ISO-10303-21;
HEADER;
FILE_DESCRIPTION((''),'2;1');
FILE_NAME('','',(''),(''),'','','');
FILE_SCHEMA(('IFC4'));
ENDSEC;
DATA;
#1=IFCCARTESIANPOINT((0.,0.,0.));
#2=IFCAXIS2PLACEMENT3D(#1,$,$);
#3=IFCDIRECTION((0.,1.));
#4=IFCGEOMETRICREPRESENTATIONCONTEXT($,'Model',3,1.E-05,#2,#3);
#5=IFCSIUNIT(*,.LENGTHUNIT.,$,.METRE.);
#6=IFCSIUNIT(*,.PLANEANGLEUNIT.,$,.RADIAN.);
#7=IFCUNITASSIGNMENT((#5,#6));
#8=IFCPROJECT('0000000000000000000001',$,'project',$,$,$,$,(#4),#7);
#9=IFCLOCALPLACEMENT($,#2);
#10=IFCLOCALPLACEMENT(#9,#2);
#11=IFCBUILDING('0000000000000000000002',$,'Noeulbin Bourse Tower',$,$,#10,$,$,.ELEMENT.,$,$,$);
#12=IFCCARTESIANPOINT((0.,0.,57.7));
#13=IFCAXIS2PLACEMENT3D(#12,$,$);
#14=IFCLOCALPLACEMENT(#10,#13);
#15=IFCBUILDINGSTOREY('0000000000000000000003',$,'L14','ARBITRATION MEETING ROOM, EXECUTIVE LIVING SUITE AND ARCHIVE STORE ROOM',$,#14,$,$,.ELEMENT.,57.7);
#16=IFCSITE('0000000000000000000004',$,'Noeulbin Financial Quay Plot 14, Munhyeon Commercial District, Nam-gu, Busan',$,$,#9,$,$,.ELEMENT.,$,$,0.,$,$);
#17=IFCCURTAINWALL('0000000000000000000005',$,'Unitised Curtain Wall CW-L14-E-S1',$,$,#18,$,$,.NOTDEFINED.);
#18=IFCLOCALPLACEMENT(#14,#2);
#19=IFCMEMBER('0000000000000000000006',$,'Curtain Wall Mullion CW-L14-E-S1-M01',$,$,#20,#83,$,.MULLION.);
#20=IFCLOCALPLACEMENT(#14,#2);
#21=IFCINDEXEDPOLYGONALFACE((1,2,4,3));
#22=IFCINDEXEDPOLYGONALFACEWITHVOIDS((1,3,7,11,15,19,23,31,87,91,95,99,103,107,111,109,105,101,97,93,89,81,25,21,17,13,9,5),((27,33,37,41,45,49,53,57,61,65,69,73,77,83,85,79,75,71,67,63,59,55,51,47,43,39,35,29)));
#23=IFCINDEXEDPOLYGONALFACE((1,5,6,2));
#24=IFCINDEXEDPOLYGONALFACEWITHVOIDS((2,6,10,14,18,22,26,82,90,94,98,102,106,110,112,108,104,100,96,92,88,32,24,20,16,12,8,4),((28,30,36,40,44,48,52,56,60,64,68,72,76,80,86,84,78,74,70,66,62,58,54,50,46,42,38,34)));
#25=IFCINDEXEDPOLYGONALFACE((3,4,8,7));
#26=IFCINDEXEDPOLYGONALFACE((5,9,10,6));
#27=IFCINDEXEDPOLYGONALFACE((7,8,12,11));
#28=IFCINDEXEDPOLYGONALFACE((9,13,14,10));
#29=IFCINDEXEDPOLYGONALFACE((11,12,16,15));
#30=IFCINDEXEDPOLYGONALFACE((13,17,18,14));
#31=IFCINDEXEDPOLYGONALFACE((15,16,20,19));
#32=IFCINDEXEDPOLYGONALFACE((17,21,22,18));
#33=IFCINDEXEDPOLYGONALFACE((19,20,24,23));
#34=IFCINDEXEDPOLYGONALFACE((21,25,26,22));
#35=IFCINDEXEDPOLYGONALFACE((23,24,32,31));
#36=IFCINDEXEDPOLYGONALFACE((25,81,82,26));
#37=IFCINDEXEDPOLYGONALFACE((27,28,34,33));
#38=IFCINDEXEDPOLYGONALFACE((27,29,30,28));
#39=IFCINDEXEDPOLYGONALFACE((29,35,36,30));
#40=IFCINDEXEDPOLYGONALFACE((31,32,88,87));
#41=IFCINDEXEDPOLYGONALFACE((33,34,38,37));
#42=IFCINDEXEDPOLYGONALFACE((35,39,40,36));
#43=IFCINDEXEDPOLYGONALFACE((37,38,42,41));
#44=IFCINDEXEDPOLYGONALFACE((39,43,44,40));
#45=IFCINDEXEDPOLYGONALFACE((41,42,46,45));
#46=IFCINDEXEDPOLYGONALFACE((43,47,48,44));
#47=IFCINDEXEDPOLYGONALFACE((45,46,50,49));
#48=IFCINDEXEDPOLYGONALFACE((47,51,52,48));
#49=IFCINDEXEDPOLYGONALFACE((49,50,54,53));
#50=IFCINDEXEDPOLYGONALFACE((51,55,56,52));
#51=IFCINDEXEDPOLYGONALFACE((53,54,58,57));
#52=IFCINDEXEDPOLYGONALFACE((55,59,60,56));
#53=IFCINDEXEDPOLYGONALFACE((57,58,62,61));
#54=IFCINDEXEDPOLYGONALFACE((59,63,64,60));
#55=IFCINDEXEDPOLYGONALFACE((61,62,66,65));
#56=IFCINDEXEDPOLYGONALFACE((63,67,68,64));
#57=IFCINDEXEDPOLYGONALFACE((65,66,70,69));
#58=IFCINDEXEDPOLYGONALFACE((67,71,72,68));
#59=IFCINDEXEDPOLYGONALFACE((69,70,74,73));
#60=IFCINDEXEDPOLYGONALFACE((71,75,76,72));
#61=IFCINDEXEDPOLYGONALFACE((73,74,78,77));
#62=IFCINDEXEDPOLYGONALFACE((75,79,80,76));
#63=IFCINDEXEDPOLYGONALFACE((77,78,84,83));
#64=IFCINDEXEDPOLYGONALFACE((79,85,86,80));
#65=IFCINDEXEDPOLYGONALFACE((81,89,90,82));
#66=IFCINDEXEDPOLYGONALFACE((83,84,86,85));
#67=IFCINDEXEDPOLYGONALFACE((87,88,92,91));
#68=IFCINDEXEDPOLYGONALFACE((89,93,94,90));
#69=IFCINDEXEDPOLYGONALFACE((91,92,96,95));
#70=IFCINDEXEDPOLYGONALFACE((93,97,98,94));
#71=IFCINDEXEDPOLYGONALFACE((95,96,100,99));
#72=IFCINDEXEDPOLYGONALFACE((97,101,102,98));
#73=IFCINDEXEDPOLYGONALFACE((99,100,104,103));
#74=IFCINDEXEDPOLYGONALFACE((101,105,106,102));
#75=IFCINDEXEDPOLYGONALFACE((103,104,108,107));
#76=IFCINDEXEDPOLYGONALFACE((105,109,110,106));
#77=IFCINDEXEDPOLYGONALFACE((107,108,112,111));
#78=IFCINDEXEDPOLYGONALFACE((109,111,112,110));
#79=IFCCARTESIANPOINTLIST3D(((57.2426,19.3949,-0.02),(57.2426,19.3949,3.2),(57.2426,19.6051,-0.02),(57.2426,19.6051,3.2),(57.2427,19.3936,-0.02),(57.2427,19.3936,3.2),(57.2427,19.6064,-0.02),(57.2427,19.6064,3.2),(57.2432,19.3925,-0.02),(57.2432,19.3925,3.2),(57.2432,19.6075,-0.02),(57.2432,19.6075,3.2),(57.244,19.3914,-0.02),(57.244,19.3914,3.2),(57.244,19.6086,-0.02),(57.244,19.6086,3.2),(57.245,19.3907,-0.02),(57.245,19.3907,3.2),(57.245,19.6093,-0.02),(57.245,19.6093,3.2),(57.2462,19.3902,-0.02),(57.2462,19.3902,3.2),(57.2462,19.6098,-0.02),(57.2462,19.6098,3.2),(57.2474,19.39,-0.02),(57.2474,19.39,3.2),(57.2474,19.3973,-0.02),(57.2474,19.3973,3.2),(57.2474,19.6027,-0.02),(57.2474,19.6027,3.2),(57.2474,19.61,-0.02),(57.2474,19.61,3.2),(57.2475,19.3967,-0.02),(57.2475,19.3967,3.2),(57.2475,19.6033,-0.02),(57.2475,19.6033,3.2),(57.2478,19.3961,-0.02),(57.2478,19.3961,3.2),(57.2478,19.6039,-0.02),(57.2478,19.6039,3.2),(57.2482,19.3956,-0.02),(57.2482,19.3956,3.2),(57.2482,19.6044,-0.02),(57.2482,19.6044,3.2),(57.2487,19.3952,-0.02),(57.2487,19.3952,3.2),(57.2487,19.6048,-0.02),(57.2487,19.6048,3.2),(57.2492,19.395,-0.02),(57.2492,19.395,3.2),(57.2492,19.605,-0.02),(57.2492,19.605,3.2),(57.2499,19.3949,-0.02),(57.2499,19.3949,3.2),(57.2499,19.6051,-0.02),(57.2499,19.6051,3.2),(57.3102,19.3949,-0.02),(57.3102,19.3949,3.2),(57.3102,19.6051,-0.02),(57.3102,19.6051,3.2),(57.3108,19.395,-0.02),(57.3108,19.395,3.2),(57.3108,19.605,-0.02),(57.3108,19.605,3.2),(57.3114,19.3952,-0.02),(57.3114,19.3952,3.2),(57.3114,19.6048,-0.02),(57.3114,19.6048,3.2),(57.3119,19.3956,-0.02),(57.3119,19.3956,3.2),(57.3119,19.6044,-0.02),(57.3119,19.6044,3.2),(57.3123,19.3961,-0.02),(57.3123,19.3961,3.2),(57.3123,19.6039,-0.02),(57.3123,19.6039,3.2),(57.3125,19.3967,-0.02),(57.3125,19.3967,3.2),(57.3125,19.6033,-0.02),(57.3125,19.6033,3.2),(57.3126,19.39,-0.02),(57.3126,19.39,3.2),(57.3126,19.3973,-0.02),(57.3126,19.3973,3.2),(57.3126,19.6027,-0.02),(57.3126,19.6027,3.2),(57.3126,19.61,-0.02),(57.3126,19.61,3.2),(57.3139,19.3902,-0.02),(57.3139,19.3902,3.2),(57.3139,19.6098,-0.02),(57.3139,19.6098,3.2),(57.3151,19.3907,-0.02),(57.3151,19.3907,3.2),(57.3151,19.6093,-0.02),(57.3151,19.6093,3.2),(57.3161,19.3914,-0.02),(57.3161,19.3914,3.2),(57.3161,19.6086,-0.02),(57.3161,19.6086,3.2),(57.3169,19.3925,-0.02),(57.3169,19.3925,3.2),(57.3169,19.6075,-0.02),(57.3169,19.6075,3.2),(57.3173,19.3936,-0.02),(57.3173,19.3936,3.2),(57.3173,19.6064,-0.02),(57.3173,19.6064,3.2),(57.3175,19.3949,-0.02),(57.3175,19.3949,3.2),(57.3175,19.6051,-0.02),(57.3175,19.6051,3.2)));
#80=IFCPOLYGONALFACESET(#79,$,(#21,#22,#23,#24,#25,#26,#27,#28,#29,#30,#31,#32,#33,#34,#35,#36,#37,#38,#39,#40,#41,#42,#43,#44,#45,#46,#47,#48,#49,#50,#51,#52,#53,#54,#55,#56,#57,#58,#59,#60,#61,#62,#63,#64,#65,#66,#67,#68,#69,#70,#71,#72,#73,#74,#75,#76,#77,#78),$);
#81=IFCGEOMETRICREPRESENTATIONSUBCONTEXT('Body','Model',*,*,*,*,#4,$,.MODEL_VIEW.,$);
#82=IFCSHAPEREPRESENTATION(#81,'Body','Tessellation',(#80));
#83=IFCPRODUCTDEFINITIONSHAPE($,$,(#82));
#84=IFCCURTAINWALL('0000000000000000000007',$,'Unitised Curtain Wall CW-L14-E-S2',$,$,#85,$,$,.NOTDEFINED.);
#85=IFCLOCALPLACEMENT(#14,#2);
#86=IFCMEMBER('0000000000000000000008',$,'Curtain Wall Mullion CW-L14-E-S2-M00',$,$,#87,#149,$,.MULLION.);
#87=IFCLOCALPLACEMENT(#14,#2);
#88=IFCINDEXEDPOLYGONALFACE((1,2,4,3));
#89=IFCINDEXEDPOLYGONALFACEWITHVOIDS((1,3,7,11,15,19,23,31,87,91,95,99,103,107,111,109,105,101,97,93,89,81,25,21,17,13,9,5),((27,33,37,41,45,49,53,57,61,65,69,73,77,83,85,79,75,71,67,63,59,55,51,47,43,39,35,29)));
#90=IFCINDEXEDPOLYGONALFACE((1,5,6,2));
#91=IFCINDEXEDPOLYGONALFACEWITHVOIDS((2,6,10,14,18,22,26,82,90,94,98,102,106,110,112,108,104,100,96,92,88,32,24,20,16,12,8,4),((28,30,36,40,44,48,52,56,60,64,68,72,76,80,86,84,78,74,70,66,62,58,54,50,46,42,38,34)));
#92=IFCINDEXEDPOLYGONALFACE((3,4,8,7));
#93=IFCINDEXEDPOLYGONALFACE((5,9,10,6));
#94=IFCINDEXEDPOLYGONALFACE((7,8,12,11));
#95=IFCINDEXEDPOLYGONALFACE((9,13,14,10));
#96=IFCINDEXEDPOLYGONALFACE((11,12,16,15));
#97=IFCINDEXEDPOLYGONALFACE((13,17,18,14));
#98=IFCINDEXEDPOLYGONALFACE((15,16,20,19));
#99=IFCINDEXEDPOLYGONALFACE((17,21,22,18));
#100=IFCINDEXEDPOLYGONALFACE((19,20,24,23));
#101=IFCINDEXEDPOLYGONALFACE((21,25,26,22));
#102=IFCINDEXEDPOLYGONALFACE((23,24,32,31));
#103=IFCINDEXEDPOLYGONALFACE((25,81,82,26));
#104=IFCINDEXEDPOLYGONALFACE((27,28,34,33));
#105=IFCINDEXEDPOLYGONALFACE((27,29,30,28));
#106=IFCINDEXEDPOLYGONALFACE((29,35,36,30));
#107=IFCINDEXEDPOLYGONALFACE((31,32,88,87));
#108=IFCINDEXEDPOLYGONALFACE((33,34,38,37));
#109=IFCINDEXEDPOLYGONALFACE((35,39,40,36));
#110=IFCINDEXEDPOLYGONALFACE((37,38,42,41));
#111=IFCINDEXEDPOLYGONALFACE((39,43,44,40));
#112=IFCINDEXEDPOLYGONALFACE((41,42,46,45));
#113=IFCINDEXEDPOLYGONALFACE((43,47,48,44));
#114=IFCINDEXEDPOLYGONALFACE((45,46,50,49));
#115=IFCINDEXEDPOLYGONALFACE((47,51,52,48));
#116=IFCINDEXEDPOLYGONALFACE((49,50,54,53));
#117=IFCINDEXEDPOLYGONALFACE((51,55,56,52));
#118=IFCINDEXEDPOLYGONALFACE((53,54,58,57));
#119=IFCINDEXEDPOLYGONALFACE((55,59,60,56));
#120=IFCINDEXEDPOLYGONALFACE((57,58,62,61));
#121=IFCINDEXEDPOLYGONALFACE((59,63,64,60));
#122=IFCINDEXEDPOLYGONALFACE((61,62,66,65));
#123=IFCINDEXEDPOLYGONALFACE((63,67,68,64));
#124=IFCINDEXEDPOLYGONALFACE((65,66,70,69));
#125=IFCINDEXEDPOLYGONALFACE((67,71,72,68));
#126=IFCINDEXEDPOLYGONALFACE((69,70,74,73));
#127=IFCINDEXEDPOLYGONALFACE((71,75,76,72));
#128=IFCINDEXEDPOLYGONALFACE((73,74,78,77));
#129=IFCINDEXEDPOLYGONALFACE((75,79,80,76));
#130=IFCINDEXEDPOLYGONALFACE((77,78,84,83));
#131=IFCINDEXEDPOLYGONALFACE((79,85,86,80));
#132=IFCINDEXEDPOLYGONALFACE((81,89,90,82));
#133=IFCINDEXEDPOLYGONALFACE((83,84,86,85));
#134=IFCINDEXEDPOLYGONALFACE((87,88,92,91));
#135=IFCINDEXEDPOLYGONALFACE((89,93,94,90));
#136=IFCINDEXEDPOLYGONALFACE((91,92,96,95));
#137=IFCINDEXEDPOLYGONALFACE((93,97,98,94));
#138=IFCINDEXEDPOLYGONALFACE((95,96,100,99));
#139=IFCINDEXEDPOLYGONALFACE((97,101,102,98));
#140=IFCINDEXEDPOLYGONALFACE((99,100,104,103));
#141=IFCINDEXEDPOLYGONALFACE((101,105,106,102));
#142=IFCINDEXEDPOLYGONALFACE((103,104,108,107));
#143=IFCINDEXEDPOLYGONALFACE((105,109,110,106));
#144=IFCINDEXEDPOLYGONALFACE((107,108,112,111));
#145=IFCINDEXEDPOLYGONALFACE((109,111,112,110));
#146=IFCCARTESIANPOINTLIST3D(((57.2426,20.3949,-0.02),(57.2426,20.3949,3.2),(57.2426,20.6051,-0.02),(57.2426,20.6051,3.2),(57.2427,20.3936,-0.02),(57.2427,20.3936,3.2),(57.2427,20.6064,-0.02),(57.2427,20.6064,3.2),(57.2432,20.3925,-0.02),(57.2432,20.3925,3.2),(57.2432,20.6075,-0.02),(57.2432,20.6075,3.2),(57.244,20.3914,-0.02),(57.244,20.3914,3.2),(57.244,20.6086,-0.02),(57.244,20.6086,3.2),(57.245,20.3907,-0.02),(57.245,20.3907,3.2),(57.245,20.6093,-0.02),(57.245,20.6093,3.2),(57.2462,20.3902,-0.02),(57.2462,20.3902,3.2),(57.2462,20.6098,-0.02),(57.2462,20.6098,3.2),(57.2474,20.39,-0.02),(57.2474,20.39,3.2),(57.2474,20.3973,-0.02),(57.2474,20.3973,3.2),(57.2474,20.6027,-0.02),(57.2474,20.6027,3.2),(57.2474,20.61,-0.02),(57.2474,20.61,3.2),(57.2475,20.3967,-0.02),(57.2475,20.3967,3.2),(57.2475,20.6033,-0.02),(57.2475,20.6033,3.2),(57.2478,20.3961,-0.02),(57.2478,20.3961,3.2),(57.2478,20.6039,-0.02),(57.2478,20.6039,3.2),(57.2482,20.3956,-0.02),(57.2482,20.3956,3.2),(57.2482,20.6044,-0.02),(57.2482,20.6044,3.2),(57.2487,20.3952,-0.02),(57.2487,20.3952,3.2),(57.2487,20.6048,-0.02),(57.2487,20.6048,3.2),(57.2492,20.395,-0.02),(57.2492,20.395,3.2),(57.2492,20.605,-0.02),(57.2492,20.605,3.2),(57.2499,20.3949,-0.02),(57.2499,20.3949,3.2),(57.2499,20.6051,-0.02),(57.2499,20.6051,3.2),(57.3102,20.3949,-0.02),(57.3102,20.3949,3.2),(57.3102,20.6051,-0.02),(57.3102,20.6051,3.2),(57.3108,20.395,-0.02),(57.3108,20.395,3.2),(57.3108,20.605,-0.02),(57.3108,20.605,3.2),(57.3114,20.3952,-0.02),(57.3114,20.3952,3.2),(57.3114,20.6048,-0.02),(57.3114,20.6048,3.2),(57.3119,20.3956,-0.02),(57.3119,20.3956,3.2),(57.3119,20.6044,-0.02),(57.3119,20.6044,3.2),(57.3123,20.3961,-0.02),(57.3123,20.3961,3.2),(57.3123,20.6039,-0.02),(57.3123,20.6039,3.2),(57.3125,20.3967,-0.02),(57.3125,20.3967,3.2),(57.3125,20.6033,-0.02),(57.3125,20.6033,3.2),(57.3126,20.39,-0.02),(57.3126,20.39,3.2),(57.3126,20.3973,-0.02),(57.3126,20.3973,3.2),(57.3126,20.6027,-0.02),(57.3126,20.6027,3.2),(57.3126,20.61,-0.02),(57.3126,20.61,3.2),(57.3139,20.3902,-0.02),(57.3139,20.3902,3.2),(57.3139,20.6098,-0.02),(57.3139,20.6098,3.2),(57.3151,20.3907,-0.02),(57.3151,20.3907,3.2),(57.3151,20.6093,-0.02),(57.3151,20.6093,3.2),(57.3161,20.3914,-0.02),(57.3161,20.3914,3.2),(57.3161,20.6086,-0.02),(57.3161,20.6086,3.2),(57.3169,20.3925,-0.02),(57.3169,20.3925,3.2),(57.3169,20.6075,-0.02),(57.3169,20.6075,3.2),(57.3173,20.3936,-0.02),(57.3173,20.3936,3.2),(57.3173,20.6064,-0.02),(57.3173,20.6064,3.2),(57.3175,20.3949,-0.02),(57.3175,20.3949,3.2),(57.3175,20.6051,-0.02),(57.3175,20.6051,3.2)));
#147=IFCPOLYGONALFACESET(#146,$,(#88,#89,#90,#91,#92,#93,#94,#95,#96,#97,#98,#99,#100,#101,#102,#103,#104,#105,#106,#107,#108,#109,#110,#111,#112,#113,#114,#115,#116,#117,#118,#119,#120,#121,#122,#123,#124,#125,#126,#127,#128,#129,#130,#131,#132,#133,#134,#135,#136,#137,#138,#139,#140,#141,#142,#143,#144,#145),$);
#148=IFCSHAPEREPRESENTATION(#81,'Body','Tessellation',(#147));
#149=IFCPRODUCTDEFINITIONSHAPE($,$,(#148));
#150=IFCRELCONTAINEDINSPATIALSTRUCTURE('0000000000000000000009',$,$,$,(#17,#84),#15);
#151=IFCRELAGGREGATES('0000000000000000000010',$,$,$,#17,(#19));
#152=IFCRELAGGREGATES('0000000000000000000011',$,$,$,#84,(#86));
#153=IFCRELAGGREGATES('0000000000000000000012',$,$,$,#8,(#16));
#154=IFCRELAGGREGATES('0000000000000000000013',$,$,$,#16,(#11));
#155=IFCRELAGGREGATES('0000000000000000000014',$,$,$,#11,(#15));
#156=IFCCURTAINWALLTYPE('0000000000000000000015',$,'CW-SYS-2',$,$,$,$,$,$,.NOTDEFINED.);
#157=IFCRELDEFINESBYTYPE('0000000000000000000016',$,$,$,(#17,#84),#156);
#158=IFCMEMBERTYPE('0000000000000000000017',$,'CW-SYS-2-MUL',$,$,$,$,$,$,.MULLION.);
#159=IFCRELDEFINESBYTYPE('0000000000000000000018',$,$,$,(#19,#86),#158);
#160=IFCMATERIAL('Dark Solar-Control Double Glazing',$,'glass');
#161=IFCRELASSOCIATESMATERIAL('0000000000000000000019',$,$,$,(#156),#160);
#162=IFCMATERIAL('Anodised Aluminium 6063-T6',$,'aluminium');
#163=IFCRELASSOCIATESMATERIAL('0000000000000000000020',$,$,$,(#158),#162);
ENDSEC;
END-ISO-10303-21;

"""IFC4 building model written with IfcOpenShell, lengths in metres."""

from ifc_helpers import new_model, si_unit, direction, frame, origin, origin_2d, place, context, subcontext, project, spatial, hollow_rectangle, extrude, material, material_profile, profile_set, type_object, element, aggregate, save


model = new_model("IFC4")

# Units and contexts
model_context = context("Model", 3, precision=1e-05, world=origin(), true_north=direction((0.0, 1.0)))
body_context = subcontext(model_context, "Body", "Model", "MODEL_VIEW")
ifc_project = project(units=[si_unit("LENGTHUNIT", "METRE"), si_unit("PLANEANGLEUNIT", "RADIAN")], contexts=[model_context])

# Site, building, storey
site_placement = place(None, origin())
site = spatial("IfcSite", under=ifc_project, at=site_placement, Name="Noeulbin Financial Quay Plot 14, Munhyeon Commercial District, Nam-gu, Busan", CompositionType="ELEMENT", RefElevation=0.0)
building_placement = place(site_placement, origin())
building = spatial("IfcBuilding", under=site, at=building_placement, Name="Noeulbin Bourse Tower", CompositionType="ELEMENT")
storey_placement = place(building_placement, frame((0.0, 0.0, 57.7)))
storey = spatial("IfcBuildingStorey", under=building, at=storey_placement, Name="L14", Description="ARBITRATION MEETING ROOM, EXECUTIVE LIVING SUITE AND ARCHIVE STORE ROOM", CompositionType="ELEMENT", Elevation=57.7)

# Curtain walls, members
ifc_material_1 = material(Name="Dark Solar-Control Double Glazing", Category="glass")
curtain_wall_type = type_object("IfcCurtainWallType", Name="CW-SYS-2", PredefinedType="NOTDEFINED", material=ifc_material_1)
ifc_material_2 = material(Name="Anodised Aluminium 6063-T6", Category="aluminium")
ifc_material_profile_1 = material_profile(ifc_material_2, hollow_rectangle(XDim=0.075, YDim=0.22, WallThickness=0.0049, InnerFilletRadius=0.0024, OuterFilletRadius=0.0049, at=origin_2d()), Name="ALU-MULL-75x220x5", Category="LoadBearing")
ifc_profile_set_1 = profile_set([ifc_material_profile_1], Name="Anodised Aluminium 6063-T6")
member_type_1 = type_object("IfcMemberType", Name="CW-SYS-2-MUL", PredefinedType="MULLION", material=ifc_profile_set_1)
curtain_wall_1_placement = place(storey_placement, origin())
curtain_wall_1 = element("IfcCurtainWall", 1, at=curtain_wall_1_placement, inside=storey, type_object=curtain_wall_type, Name="Unitised Curtain Wall CW-L14-E-S1", PredefinedType="NOTDEFINED")
member_1_placement = place(storey_placement, frame((57.28, 19.5, -0.02), z_axis=(0.0, 0.0, 1.0), x_axis=(1.0, 0.0, 0.0)))
member_1 = element("IfcMember", 2, at=member_1_placement, type_object=member_type_1, Name="Curtain Wall Mullion CW-L14-E-S1-M01", PredefinedType="MULLION", context=body_context, shape_type="SweptSolid", body=[
    extrude(hollow_rectangle(XDim=0.075, YDim=0.22, WallThickness=0.0049, InnerFilletRadius=0.0024, OuterFilletRadius=0.0049, at=origin_2d()), origin(), (0.0, 0.0, 1.0), 3.22),
])
curtain_wall_2_placement = place(storey_placement, origin())
curtain_wall_2 = element("IfcCurtainWall", 3, at=curtain_wall_2_placement, inside=storey, type_object=curtain_wall_type, Name="Unitised Curtain Wall CW-L14-E-S2", PredefinedType="NOTDEFINED")
member_2_placement = place(storey_placement, frame((57.28, 20.5, -0.02), z_axis=(0.0, 0.0, 1.0), x_axis=(1.0, 0.0, 0.0)))
member_2 = element("IfcMember", 4, at=member_2_placement, type_object=member_type_1, Name="Curtain Wall Mullion CW-L14-E-S2-M00", PredefinedType="MULLION", context=body_context, shape_type="SweptSolid", body=[
    extrude(hollow_rectangle(XDim=0.075, YDim=0.22, WallThickness=0.0049, InnerFilletRadius=0.0024, OuterFilletRadius=0.0049, at=origin_2d()), origin(), (0.0, 0.0, 1.0), 3.22),
])

aggregate(curtain_wall_1, [member_1])
aggregate(curtain_wall_2, [member_2])

save(model, "model.ifc")
